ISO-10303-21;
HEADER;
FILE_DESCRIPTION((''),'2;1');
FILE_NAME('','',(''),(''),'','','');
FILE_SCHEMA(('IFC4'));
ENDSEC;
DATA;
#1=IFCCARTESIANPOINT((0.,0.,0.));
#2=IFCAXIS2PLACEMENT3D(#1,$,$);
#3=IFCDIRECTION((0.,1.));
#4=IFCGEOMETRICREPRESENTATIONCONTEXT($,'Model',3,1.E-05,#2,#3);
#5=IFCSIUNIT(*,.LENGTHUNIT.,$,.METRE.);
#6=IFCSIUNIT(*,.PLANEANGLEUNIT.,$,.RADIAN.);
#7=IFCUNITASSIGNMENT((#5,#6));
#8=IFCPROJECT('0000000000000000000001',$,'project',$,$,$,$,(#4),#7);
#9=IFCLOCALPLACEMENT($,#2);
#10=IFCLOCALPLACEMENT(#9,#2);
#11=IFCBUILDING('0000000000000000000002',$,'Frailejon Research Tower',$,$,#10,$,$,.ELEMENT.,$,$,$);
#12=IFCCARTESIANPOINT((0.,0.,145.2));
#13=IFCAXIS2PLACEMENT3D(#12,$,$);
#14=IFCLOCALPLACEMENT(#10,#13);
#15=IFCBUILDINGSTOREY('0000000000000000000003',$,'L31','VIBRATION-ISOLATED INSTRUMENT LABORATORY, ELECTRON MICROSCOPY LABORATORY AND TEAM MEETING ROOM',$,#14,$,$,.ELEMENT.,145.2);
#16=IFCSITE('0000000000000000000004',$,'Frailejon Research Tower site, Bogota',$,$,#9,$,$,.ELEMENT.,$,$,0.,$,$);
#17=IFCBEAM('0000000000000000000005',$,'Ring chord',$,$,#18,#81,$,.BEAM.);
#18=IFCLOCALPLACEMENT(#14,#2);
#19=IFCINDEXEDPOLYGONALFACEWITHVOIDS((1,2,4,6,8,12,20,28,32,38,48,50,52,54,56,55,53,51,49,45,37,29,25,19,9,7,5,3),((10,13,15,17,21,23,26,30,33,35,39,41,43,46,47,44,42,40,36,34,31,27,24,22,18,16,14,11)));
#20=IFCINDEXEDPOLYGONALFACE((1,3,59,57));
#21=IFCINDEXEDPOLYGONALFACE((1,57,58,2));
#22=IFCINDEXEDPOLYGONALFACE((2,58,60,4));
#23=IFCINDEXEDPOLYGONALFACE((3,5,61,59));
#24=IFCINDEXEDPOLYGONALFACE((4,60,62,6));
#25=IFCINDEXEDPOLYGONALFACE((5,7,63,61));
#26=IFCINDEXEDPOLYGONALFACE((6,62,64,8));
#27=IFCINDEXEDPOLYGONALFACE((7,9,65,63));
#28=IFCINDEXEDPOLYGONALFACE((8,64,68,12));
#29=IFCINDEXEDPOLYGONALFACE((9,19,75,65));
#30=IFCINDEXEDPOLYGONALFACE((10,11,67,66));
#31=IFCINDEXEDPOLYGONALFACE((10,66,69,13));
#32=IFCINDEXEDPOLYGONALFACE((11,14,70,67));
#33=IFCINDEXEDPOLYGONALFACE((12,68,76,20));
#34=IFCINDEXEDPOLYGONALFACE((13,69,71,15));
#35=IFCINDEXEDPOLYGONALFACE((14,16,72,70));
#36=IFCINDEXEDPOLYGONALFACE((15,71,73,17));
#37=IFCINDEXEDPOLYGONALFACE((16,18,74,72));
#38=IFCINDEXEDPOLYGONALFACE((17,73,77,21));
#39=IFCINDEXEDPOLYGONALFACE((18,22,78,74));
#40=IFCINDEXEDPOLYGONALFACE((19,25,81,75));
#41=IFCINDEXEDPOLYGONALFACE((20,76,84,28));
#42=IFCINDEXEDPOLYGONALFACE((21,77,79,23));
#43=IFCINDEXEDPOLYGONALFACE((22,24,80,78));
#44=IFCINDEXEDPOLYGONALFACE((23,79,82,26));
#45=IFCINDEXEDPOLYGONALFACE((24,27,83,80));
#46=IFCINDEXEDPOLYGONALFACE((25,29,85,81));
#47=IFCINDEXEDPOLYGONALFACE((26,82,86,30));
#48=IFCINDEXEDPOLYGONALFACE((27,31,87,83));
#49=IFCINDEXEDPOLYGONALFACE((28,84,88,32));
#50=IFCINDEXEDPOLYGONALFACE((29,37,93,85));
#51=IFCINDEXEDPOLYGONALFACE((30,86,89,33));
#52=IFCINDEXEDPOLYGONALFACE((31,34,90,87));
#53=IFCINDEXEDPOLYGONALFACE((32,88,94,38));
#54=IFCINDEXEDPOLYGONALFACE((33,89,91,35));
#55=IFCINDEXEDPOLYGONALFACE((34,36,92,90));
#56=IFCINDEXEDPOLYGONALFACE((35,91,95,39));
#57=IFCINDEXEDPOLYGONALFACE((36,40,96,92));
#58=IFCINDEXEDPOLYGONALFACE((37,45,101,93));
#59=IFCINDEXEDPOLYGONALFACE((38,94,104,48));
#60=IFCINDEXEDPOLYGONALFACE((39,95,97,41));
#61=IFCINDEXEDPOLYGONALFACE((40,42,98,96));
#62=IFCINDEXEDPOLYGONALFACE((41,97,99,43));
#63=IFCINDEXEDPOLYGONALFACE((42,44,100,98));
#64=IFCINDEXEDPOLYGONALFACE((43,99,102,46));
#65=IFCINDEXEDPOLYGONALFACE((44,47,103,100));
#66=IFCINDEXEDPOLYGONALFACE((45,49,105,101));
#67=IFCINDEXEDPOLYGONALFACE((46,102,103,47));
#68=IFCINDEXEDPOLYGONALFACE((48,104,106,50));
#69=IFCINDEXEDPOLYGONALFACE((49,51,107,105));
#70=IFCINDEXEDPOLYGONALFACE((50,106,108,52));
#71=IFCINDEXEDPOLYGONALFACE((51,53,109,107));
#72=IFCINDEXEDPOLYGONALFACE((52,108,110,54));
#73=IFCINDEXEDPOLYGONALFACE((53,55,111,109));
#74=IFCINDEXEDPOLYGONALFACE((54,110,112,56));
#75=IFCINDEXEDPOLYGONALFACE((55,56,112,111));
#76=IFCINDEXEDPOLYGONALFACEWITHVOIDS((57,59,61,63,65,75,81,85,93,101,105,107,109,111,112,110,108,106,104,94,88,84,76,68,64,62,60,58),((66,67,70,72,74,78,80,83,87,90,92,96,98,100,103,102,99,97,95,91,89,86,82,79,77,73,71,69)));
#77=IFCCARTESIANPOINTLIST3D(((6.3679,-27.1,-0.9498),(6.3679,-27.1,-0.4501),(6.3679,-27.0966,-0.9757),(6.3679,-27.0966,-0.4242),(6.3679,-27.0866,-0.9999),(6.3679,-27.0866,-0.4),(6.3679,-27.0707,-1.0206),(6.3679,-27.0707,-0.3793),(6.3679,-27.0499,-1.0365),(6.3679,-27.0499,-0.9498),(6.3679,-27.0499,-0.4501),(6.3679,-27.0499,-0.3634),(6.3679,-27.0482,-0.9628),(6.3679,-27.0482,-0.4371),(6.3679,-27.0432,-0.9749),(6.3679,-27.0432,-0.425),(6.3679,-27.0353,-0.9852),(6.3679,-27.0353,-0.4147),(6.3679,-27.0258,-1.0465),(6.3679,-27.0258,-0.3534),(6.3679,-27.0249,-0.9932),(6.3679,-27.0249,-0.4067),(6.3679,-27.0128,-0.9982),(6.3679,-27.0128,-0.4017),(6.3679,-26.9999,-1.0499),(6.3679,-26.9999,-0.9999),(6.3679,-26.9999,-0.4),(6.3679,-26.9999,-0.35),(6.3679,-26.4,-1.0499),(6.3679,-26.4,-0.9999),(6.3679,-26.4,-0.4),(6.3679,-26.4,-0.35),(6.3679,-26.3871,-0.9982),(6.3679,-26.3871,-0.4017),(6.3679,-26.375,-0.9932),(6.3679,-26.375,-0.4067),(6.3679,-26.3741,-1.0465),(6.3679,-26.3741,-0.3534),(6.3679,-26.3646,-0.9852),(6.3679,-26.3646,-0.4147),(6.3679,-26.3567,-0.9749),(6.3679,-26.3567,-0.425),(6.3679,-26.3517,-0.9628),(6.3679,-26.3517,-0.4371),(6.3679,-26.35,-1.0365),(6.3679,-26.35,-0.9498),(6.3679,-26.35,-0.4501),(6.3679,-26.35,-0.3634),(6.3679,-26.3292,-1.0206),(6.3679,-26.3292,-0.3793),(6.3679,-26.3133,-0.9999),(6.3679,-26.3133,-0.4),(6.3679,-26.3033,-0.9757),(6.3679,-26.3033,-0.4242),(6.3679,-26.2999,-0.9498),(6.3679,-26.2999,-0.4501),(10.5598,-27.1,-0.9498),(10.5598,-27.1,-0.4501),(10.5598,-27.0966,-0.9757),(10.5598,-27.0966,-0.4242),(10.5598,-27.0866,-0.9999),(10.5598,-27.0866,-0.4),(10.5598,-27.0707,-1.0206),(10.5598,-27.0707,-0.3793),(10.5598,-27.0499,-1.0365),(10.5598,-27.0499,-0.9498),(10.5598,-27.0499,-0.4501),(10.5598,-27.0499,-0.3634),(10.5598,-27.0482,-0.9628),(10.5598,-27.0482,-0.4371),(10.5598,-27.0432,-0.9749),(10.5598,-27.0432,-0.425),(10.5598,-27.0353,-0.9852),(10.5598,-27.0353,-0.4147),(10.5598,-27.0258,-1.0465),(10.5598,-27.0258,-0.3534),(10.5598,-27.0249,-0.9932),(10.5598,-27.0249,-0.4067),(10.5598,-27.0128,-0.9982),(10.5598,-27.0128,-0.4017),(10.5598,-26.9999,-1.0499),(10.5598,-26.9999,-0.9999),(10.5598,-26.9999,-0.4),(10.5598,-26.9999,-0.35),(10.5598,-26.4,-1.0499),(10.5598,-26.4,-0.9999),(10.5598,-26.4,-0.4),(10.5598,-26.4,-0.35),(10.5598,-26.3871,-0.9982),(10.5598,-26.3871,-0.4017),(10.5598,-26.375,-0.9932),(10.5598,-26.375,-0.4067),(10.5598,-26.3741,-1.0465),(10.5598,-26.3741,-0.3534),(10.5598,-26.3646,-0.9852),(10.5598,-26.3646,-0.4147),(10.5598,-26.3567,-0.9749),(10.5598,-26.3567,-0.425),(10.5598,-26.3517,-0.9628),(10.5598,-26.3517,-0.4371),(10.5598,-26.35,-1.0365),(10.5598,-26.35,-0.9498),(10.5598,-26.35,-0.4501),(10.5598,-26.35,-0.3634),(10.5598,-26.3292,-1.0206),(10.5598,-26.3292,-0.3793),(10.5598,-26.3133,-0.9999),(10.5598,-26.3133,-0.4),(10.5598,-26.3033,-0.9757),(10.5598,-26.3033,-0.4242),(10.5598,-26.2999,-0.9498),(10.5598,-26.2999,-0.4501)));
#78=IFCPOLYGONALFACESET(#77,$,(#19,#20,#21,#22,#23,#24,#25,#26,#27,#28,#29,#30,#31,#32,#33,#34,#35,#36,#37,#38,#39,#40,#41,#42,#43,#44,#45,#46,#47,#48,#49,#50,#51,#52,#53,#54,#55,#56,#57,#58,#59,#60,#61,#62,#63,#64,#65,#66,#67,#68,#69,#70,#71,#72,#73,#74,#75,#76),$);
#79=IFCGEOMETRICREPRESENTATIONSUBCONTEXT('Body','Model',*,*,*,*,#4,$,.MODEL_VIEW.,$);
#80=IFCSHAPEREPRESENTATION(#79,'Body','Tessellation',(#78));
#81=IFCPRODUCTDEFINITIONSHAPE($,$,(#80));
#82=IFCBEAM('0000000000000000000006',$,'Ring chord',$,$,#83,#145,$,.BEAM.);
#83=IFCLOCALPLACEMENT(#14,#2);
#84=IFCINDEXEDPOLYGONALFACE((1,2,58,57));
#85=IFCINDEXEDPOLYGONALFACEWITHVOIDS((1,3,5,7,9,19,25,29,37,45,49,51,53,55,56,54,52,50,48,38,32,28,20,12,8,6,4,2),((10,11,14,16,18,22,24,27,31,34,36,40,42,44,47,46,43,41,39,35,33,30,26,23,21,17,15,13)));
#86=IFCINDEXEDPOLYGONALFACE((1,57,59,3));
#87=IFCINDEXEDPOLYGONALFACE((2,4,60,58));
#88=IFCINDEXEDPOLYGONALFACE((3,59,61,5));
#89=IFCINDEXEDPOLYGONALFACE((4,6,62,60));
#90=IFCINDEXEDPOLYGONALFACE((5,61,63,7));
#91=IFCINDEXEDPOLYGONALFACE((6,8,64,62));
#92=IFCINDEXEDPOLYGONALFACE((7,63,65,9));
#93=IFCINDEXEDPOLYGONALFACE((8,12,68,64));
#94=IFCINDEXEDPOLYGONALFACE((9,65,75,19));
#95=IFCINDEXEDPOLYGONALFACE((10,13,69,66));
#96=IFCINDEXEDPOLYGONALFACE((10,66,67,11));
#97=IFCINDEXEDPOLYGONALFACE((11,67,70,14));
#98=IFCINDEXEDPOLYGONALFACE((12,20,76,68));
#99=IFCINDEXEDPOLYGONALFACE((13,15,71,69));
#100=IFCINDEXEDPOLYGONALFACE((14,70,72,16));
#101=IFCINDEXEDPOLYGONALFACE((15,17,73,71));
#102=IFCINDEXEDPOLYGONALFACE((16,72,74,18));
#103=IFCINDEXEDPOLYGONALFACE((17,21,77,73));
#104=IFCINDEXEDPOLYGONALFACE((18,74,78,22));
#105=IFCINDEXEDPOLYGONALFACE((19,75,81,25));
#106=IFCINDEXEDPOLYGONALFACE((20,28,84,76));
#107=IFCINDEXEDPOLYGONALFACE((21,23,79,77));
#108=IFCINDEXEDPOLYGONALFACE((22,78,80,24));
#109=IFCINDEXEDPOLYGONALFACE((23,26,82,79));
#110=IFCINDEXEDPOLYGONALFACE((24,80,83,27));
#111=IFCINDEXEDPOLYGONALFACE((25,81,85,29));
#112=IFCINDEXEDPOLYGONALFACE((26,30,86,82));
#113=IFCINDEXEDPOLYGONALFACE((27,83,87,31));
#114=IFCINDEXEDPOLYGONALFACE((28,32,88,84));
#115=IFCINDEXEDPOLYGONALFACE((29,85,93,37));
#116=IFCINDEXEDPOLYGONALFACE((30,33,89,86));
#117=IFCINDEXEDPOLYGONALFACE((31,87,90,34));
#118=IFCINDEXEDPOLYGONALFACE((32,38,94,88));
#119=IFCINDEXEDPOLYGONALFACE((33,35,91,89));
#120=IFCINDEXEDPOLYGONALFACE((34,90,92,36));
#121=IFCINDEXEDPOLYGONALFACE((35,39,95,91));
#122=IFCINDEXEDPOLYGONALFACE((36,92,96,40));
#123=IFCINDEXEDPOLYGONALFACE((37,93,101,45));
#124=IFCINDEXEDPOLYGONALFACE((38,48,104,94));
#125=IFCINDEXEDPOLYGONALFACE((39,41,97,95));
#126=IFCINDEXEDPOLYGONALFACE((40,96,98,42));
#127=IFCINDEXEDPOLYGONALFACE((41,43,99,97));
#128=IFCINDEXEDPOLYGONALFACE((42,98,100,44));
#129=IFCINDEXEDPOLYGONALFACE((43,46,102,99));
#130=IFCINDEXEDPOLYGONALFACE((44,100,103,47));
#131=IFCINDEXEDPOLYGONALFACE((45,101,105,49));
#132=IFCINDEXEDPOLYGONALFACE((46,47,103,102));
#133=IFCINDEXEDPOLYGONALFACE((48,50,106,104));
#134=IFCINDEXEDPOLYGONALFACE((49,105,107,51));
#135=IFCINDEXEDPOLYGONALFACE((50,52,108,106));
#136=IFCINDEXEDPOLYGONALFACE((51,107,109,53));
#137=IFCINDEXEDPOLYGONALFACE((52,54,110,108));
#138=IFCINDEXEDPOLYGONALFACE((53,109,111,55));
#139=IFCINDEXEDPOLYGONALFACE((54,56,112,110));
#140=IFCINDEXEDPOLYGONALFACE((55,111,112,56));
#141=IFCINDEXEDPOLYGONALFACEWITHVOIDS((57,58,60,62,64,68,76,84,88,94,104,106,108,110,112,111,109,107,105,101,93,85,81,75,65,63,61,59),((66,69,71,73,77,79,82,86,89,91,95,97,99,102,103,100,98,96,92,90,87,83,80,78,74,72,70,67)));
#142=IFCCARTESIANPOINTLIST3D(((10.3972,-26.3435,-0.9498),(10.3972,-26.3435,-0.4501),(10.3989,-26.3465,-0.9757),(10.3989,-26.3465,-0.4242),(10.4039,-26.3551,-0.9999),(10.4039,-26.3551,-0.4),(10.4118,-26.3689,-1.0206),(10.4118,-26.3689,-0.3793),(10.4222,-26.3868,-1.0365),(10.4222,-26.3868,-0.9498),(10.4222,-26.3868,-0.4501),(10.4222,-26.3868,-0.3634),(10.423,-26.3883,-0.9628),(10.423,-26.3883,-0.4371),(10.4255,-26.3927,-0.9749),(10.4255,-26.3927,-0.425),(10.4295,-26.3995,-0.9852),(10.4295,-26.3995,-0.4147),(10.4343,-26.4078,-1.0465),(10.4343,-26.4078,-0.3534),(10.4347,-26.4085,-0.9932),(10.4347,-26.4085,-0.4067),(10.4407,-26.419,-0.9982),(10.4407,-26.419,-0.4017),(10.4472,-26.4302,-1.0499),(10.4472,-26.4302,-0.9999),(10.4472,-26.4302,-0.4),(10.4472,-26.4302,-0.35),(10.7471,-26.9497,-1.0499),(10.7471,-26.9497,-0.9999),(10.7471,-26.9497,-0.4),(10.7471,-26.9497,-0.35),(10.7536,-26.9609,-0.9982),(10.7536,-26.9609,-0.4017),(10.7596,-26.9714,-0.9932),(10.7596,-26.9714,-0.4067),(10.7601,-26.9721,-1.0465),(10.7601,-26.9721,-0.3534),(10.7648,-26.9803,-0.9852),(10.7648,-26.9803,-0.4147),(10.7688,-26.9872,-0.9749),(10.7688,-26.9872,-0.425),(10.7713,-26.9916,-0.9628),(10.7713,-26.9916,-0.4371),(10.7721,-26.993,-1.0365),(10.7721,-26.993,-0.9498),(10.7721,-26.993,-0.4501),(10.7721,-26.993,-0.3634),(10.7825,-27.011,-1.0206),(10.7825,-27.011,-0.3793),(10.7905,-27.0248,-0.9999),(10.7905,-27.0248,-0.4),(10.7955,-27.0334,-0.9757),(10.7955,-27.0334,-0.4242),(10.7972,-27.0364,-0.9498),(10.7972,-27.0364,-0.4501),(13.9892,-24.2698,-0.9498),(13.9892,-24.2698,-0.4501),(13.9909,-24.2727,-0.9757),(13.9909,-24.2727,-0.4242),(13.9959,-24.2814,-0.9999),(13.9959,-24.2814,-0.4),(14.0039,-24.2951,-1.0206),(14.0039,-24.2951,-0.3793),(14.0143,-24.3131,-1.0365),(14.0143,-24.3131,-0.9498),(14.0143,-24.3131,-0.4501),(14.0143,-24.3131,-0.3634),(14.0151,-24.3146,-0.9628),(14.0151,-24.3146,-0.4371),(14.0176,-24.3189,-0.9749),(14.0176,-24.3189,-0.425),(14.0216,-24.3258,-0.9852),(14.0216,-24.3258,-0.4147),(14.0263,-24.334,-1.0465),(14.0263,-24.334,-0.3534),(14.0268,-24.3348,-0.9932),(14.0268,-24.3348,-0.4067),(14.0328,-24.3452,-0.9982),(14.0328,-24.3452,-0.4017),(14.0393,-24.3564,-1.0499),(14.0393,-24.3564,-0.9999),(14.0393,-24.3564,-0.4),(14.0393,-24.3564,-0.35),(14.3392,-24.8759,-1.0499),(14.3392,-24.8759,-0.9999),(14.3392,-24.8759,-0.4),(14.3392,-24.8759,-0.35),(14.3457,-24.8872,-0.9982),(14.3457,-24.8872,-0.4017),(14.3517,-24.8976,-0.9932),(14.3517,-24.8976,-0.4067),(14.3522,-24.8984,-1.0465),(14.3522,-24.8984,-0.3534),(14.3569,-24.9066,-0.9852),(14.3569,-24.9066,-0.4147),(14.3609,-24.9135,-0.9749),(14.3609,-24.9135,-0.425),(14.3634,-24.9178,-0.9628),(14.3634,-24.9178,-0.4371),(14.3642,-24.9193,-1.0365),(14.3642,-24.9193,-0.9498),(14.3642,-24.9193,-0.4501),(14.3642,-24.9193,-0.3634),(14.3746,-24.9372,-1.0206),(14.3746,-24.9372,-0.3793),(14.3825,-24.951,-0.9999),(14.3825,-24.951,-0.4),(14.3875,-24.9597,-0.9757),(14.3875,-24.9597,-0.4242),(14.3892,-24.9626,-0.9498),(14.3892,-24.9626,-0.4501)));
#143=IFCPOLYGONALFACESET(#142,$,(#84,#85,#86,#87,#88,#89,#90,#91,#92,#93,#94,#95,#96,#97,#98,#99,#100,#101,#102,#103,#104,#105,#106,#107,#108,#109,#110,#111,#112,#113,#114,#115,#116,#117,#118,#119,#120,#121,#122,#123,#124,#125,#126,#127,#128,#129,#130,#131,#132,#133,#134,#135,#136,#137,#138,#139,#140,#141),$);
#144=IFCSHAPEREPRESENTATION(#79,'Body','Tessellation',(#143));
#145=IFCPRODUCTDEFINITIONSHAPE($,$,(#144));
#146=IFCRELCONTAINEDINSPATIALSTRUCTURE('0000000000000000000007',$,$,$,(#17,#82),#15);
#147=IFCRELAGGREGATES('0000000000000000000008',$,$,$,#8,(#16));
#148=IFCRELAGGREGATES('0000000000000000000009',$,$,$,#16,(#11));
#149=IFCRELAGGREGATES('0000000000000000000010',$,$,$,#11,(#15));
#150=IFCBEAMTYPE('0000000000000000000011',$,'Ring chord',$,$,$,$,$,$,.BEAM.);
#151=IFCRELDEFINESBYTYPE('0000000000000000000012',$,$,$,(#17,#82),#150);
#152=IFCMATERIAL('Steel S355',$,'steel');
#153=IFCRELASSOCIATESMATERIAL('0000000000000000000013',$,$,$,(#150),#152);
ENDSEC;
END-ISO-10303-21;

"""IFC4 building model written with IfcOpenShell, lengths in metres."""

from ifc_helpers import new_model, si_unit, direction, frame, origin, origin_2d, place, context, subcontext, project, spatial, hollow_rectangle, extrude, material, material_profile, profile_set, type_object, element, save


model = new_model("IFC4")

# Units and contexts
model_context = context("Model", 3, precision=1e-05, world=origin(), true_north=direction((0.0, 1.0)))
body_context = subcontext(model_context, "Body", "Model", "MODEL_VIEW")
ifc_project = project(units=[si_unit("LENGTHUNIT", "METRE"), si_unit("PLANEANGLEUNIT", "RADIAN")], contexts=[model_context])

# Site, building, storey
site_placement = place(None, origin())
site = spatial("IfcSite", under=ifc_project, at=site_placement, Name="Frailejon Research Tower site, Bogota", CompositionType="ELEMENT", RefElevation=0.0)
building_placement = place(site_placement, origin())
building = spatial("IfcBuilding", under=site, at=building_placement, Name="Frailejon Research Tower", CompositionType="ELEMENT")
storey_placement = place(building_placement, frame((0.0, 0.0, 145.2)))
storey = spatial("IfcBuildingStorey", under=building, at=storey_placement, Name="L31", Description="VIBRATION-ISOLATED INSTRUMENT LABORATORY, ELECTRON MICROSCOPY LABORATORY AND TEAM MEETING ROOM", CompositionType="ELEMENT", Elevation=145.2)

# Beams
ifc_material_1 = material(Name="Steel S355", Category="steel")
ifc_material_profile_1 = material_profile(ifc_material_1, hollow_rectangle(XDim=0.8, YDim=0.7, WallThickness=0.05, InnerFilletRadius=0.05, OuterFilletRadius=0.1001, at=origin_2d()), Name="Ring chord")
ifc_profile_set_1 = profile_set([ifc_material_profile_1], Name="Steel S355")
beam_type_1 = type_object("IfcBeamType", Name="Ring chord", PredefinedType="BEAM", material=ifc_profile_set_1)
for number, where, z_axis, x_axis, name in (
    (1, (6.3679, -26.7, -0.7), (1.0, 0.0, 0.0), (0.0, 1.0, 0.0), "Ring chord"),
):
    element("IfcBeam", number, at=place(storey_placement, frame(where, z_axis=z_axis, x_axis=x_axis)), inside=storey, type_object=beam_type_1, Name=name, PredefinedType="BEAM", context=body_context, shape_type="SweptSolid", body=[
        extrude(hollow_rectangle(XDim=0.8, YDim=0.7, WallThickness=0.05, InnerFilletRadius=0.05, OuterFilletRadius=0.1001, at=origin_2d()), origin(), (0.0, 0.0, 1.0), 4.1919),
    ])
for number, where, z_axis, x_axis, name in (
    (2, (10.5972, -26.6899, -0.7), (0.86604, 0.499976, 0.0), (-0.499976, 0.86604, 0.0), "Ring chord"),
):
    element("IfcBeam", number, at=place(storey_placement, frame(where, z_axis=z_axis, x_axis=x_axis)), inside=storey, type_object=beam_type_1, Name=name, PredefinedType="BEAM", context=body_context, shape_type="SweptSolid", body=[
        extrude(hollow_rectangle(XDim=0.8, YDim=0.7, WallThickness=0.05, InnerFilletRadius=0.05, OuterFilletRadius=0.1001, at=origin_2d()), origin(), (0.0, 0.0, 1.0), 4.1477),
    ])

save(model, "model.ifc")
